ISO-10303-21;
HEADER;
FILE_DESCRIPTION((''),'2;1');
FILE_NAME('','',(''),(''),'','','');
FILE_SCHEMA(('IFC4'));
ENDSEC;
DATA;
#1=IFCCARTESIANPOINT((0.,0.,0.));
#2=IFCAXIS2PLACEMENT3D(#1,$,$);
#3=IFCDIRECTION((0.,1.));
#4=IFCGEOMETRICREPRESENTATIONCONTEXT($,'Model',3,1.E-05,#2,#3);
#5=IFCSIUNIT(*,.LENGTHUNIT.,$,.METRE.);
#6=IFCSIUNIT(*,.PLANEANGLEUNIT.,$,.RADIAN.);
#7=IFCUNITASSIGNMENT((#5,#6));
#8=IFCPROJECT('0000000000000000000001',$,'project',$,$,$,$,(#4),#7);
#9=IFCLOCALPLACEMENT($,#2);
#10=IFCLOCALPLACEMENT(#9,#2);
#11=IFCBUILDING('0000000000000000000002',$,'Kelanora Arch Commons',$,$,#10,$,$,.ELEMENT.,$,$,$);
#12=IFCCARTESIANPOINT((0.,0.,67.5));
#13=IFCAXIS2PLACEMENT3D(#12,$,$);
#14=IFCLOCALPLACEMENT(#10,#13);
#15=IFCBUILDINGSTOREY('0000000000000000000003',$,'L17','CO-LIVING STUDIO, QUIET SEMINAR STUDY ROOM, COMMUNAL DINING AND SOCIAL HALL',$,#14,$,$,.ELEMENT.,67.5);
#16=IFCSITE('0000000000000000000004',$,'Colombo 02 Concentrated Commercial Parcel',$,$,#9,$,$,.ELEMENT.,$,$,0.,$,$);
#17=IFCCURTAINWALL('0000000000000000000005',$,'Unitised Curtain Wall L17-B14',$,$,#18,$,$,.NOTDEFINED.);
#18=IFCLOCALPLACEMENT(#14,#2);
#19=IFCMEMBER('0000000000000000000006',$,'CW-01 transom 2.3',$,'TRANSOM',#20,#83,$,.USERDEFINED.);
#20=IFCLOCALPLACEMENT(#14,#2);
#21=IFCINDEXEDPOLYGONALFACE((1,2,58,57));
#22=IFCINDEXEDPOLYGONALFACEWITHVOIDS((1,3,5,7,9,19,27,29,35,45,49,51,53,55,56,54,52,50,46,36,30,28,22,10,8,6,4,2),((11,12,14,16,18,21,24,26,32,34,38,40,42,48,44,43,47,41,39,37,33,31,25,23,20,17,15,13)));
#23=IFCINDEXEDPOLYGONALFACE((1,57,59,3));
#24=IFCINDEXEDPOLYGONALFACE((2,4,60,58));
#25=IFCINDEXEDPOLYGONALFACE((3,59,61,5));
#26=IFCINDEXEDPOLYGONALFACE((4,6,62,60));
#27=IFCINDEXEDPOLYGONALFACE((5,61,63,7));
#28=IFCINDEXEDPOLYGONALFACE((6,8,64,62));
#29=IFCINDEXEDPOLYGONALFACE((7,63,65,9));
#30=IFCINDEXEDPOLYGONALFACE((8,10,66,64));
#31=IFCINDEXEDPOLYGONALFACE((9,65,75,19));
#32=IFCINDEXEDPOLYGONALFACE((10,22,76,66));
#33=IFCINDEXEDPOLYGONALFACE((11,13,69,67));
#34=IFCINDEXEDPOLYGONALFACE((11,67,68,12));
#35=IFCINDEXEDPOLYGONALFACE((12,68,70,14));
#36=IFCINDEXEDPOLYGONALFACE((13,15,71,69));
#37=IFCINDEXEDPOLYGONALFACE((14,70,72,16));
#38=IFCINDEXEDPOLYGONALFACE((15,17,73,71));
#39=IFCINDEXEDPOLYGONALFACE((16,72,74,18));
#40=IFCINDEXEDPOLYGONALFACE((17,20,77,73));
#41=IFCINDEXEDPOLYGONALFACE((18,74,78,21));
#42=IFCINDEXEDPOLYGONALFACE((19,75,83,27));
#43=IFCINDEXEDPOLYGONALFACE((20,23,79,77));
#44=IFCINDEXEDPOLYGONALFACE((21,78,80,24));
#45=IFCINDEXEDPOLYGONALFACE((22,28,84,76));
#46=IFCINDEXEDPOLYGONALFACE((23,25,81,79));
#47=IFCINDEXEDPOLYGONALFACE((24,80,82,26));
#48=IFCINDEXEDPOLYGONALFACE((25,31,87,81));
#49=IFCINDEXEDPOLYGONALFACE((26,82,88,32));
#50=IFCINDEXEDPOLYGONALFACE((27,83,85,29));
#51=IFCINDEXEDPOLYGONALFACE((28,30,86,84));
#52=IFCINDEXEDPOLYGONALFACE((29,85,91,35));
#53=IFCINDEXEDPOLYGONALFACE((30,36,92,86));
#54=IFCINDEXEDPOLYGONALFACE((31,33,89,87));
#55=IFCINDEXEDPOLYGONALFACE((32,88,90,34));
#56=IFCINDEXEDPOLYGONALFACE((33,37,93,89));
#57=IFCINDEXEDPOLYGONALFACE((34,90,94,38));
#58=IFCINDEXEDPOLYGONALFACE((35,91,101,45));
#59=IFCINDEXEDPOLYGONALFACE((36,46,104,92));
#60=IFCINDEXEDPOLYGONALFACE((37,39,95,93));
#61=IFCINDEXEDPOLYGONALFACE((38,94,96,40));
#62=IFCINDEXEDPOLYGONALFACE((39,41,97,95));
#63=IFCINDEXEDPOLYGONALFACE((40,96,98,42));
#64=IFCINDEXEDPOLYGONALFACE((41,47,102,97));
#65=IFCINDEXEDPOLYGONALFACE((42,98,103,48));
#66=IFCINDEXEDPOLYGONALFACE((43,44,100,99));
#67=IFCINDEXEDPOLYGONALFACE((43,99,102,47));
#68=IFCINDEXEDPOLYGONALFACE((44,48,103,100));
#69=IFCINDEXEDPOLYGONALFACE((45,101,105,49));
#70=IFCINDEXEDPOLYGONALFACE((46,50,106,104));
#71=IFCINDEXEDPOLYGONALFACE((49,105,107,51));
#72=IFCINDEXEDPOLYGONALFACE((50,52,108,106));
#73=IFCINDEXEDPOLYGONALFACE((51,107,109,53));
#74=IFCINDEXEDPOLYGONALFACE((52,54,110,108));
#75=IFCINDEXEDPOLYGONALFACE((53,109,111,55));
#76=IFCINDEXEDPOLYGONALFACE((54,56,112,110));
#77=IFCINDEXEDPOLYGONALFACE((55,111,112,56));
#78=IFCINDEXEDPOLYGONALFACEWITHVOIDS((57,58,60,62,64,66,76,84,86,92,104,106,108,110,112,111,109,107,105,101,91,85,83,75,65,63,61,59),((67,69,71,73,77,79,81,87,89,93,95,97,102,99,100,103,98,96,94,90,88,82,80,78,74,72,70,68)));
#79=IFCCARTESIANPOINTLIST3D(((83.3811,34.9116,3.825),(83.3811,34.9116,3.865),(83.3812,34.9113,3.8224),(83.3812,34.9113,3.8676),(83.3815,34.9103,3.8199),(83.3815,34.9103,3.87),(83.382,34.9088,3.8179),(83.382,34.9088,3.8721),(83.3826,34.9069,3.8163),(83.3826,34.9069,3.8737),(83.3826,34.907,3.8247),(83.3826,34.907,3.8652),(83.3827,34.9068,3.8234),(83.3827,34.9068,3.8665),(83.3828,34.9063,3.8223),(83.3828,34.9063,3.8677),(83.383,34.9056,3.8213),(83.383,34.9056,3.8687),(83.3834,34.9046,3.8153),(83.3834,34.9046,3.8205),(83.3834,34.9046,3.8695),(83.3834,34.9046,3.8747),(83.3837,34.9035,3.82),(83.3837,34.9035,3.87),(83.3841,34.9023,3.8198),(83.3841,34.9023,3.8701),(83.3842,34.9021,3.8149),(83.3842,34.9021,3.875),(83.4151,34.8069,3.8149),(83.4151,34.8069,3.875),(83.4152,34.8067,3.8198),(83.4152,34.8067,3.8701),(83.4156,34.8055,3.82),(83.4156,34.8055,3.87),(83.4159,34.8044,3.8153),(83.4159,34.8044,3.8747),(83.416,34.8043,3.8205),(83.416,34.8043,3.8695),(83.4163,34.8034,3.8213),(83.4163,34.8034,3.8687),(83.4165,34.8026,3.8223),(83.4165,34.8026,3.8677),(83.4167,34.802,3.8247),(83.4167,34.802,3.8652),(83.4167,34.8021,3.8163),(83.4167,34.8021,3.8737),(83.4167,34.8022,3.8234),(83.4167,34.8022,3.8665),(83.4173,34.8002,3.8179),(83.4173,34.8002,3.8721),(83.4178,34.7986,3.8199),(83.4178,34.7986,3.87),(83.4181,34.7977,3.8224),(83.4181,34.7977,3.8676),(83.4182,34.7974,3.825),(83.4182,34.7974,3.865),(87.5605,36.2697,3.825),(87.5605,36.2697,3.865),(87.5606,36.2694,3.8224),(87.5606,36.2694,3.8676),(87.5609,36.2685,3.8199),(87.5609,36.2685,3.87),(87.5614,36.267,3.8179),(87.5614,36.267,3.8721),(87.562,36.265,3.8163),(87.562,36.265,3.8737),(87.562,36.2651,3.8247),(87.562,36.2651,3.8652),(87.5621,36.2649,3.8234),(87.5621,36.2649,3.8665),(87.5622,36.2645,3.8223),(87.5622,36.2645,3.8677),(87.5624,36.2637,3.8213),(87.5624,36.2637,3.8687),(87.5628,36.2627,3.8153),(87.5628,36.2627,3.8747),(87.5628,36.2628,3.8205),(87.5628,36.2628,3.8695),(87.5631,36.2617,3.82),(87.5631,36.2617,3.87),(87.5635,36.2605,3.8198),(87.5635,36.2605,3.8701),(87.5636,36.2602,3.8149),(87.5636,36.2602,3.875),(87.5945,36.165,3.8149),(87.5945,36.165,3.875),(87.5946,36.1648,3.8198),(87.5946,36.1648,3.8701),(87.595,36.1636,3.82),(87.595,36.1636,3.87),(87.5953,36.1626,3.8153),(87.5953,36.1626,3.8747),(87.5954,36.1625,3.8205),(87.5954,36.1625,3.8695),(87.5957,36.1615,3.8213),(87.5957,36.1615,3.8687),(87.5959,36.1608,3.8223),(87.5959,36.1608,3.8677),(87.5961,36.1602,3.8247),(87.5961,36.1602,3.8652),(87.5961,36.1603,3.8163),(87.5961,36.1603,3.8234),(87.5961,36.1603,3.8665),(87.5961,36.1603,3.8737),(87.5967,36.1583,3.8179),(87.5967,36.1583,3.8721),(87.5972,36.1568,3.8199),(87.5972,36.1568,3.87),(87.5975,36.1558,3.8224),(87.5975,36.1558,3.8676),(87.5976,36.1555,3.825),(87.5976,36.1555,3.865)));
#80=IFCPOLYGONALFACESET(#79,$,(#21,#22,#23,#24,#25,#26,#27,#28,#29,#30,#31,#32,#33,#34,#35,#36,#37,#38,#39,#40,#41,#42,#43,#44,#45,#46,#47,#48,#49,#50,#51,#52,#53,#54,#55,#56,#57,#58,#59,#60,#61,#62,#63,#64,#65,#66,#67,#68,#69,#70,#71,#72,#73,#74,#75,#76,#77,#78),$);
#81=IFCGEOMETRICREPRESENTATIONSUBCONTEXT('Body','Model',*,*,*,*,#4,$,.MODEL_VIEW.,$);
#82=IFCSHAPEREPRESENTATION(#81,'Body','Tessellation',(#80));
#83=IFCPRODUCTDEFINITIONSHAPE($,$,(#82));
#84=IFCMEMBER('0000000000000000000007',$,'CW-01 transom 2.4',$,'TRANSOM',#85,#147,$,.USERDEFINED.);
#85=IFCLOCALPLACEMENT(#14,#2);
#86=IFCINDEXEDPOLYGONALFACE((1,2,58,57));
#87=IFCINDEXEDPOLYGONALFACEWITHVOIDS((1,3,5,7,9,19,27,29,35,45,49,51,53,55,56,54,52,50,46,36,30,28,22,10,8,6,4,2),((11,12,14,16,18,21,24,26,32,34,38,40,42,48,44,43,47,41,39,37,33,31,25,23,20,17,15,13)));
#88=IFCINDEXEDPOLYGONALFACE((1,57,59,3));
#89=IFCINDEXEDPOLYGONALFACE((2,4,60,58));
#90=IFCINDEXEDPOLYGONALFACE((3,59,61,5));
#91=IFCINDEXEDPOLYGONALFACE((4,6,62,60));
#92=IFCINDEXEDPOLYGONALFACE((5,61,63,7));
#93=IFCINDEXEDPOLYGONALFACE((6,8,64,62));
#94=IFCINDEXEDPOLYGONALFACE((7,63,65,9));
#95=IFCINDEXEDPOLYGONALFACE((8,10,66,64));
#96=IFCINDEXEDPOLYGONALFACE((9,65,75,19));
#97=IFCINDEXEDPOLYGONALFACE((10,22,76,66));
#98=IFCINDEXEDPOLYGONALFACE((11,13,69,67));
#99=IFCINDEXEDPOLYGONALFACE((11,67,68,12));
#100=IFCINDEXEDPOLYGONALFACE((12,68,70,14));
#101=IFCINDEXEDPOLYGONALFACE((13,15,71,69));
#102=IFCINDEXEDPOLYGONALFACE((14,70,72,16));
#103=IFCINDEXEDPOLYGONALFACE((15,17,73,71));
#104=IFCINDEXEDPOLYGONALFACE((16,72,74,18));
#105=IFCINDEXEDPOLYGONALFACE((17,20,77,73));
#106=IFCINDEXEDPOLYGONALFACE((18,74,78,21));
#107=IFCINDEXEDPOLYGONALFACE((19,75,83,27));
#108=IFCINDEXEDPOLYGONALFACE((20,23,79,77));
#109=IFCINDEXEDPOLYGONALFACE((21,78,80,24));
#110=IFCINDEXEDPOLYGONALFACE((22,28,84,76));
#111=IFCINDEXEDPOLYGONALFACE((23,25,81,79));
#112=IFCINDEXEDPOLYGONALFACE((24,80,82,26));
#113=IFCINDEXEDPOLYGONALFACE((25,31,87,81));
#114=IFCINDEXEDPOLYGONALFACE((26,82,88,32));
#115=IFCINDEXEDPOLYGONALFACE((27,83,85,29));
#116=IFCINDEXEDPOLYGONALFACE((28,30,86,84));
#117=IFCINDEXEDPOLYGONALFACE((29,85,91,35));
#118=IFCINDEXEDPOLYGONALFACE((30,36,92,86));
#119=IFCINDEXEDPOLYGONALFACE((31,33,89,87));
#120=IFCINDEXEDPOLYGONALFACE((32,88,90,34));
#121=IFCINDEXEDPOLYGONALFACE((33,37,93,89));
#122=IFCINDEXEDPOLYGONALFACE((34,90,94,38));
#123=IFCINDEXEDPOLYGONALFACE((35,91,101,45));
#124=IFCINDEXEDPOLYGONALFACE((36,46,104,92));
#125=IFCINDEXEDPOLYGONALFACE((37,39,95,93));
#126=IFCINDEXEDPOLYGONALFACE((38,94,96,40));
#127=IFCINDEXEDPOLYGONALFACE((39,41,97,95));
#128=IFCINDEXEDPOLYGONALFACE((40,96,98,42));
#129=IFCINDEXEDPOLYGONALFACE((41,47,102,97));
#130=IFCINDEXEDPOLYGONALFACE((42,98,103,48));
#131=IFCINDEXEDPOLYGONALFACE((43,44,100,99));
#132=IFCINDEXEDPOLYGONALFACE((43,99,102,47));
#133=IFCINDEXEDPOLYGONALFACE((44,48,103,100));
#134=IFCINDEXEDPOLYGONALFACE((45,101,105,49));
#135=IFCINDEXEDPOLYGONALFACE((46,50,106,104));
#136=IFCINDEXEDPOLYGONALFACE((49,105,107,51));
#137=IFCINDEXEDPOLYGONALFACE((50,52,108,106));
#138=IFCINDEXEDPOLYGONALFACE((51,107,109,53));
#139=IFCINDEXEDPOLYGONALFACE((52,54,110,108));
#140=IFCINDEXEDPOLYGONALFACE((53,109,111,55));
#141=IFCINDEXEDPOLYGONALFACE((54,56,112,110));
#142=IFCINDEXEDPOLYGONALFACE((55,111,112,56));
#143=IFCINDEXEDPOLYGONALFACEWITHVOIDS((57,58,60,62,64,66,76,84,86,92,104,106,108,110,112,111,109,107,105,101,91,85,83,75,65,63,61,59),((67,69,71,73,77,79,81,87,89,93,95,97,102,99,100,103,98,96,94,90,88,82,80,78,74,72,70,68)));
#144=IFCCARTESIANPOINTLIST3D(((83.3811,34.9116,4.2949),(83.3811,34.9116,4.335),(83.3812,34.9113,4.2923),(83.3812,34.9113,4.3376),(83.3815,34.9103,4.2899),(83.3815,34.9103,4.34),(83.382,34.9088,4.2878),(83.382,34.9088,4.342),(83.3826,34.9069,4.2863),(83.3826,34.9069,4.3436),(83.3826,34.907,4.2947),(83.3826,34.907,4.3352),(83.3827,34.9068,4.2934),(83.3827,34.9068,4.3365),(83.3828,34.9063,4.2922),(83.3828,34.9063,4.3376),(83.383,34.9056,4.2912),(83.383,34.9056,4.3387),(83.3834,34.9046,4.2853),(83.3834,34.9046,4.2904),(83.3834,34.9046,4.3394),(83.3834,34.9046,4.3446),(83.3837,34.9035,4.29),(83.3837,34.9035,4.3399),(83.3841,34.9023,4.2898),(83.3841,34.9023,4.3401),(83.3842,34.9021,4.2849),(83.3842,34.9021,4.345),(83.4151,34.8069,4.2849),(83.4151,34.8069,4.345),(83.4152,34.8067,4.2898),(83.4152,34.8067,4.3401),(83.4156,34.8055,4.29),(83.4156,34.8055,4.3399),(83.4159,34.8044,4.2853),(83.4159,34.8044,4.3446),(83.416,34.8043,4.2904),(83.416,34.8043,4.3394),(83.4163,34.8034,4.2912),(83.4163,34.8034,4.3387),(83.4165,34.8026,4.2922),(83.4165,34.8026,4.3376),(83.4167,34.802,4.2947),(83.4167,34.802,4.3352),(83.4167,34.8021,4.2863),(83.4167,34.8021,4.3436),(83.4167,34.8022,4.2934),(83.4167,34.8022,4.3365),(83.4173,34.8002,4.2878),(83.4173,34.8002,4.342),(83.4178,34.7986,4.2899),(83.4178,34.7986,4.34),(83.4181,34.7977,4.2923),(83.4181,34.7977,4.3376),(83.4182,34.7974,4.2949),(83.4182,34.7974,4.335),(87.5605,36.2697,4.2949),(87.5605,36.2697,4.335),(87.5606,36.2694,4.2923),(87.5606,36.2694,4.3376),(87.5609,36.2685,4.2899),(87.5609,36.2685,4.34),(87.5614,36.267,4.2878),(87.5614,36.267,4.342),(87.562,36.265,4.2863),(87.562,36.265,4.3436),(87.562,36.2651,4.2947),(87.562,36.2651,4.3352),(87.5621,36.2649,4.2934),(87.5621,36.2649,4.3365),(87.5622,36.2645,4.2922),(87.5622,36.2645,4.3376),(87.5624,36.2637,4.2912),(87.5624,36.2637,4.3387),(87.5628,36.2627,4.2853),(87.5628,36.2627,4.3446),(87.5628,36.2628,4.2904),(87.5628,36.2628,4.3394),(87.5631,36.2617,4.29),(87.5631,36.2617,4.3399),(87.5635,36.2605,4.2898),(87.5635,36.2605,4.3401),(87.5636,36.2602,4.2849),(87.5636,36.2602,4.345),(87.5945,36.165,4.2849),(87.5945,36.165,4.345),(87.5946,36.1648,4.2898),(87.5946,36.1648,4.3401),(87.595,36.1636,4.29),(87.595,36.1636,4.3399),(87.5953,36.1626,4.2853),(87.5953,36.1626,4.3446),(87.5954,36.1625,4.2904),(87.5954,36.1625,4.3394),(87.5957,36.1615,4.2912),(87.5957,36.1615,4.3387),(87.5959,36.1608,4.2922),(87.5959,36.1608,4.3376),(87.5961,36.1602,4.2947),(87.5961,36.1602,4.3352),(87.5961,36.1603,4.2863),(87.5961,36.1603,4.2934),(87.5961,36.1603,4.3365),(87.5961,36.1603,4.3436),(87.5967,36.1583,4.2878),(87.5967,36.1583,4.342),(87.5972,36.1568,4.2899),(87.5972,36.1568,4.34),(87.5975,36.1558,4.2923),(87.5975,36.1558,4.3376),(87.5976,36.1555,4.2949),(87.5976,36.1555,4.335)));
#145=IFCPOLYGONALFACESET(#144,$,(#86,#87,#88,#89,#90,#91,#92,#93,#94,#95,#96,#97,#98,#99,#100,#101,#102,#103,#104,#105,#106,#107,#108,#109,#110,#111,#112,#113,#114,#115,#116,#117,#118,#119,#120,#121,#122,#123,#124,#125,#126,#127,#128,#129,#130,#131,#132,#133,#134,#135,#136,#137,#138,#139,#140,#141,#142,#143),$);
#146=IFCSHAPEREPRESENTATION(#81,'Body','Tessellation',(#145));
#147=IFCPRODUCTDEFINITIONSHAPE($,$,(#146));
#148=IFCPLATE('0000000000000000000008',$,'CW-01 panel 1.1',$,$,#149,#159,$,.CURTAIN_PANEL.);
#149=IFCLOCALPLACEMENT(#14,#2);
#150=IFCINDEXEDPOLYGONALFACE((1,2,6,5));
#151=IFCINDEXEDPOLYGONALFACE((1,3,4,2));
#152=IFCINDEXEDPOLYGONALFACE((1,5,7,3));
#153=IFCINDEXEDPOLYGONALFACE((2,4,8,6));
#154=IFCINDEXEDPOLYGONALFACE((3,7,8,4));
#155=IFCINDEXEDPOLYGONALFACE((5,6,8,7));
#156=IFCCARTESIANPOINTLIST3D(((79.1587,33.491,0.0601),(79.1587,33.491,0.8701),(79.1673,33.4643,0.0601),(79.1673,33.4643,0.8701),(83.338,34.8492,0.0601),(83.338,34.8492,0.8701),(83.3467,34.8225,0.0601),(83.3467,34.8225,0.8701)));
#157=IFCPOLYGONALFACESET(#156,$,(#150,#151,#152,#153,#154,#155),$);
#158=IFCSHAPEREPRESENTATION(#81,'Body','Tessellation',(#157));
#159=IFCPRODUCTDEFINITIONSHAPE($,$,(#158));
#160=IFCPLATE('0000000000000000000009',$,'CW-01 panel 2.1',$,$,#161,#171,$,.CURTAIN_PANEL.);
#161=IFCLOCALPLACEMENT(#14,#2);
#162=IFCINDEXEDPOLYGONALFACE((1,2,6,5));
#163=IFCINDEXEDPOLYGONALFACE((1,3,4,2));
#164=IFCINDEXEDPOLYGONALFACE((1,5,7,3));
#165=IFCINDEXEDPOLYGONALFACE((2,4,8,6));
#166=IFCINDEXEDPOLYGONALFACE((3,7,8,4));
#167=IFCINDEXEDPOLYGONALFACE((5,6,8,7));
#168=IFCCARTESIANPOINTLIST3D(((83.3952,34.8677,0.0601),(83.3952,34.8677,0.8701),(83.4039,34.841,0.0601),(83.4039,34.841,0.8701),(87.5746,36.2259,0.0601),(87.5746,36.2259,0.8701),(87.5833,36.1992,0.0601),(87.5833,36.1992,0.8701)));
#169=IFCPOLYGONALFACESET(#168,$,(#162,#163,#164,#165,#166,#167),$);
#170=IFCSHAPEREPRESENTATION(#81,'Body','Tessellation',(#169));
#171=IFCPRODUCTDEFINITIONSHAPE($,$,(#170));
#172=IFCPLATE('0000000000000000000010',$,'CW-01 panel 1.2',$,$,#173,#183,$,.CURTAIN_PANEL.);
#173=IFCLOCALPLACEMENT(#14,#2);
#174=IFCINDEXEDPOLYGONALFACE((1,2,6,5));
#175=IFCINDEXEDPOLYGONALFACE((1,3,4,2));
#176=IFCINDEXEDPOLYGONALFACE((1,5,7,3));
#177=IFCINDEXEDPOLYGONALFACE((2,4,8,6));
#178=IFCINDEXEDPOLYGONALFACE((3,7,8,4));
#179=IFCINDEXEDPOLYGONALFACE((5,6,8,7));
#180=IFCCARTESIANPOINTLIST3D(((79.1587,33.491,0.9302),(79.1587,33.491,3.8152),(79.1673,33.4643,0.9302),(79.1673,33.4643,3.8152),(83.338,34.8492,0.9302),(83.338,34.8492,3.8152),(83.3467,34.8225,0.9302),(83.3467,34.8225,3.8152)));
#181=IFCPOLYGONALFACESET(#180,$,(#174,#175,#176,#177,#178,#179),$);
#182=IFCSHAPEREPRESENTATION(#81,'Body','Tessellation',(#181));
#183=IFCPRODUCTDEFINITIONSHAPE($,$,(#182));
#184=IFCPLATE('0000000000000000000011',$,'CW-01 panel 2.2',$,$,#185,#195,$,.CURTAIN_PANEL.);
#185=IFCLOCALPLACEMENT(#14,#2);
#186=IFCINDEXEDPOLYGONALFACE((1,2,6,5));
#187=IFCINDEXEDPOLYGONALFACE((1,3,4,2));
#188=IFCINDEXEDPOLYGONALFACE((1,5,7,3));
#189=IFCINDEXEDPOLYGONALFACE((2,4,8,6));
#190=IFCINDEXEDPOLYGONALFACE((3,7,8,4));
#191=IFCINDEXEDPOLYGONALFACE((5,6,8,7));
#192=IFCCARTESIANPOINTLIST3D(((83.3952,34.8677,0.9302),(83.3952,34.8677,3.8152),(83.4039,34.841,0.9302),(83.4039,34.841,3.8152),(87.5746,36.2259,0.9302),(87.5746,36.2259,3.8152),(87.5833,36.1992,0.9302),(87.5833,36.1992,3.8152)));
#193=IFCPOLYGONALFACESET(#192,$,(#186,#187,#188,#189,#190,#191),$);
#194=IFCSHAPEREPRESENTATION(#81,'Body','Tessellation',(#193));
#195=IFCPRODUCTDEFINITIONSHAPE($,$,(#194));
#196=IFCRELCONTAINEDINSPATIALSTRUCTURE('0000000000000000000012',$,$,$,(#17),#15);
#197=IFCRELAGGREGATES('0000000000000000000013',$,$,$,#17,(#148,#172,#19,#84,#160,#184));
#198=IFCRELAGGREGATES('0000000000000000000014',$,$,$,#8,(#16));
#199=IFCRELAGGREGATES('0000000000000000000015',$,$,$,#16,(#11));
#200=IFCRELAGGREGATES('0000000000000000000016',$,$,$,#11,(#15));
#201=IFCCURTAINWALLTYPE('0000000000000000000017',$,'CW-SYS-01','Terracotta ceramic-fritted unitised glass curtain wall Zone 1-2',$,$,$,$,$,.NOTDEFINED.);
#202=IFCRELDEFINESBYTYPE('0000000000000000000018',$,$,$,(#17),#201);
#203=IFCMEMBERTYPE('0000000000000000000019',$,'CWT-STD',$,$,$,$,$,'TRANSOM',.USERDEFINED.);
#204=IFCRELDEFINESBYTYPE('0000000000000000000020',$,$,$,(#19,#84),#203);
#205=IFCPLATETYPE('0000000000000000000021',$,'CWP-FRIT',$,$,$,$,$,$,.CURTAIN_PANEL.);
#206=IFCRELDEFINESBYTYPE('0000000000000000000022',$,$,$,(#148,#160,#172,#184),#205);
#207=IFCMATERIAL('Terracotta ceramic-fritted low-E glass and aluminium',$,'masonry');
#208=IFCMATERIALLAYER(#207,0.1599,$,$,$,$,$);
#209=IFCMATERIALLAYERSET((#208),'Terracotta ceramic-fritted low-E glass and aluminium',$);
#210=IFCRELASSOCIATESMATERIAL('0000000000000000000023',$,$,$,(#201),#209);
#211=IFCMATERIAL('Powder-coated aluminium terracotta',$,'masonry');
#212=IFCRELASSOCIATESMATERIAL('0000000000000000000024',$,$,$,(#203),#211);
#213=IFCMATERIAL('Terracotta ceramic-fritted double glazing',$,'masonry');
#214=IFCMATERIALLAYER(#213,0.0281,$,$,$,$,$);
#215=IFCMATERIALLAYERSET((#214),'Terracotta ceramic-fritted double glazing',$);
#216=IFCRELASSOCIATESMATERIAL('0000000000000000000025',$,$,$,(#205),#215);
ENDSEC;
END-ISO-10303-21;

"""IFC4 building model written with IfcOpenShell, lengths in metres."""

from ifc_helpers import new_model, si_unit, direction, frame, origin, origin_2d, place, context, subcontext, project, spatial, rectangle, hollow_rectangle, extrude, source, transform, mapped, material, layer, layer_set, material_profile, profile_set, type_object, element, aggregate, save


model = new_model("IFC4")

# Units and contexts
model_context = context("Model", 3, precision=1e-05, world=origin(), true_north=direction((0.0, 1.0)))
body_context = subcontext(model_context, "Body", "Model", "MODEL_VIEW")
ifc_project = project(units=[si_unit("LENGTHUNIT", "METRE"), si_unit("PLANEANGLEUNIT", "RADIAN")], contexts=[model_context])

# Site, building, storey
site_placement = place(None, origin())
site = spatial("IfcSite", under=ifc_project, at=site_placement, Name="Colombo 02 Concentrated Commercial Parcel", CompositionType="ELEMENT", RefElevation=0.0)
building_placement = place(site_placement, origin())
building = spatial("IfcBuilding", under=site, at=building_placement, Name="Kelanora Arch Commons", CompositionType="ELEMENT")
storey_placement = place(building_placement, frame((0.0, 0.0, 67.5)))
storey = spatial("IfcBuildingStorey", under=building, at=storey_placement, Name="L17", Description="CO-LIVING STUDIO, QUIET SEMINAR STUDY ROOM, COMMUNAL DINING AND SOCIAL HALL", CompositionType="ELEMENT", Elevation=67.5)

# Curtain wall, members, plates
ifc_material_1 = material(Name="Terracotta ceramic-fritted low-E glass and aluminium", Category="masonry")
ifc_layer_1 = layer(ifc_material_1, 0.1599)
ifc_layer_set_1 = layer_set([ifc_layer_1], Name="Terracotta ceramic-fritted low-E glass and aluminium")
curtain_wall_type = type_object("IfcCurtainWallType", Name="CW-SYS-01", Description="Terracotta ceramic-fritted unitised glass curtain wall Zone 1-2", PredefinedType="NOTDEFINED", material=ifc_layer_set_1)
curtain_wall_placement = place(storey_placement, origin())
curtain_wall = element("IfcCurtainWall", 1, at=curtain_wall_placement, inside=storey, type_object=curtain_wall_type, Name="Unitised Curtain Wall L17-B14", PredefinedType="NOTDEFINED")
ifc_material_2 = material(Name="Powder-coated aluminium terracotta", Category="masonry")
ifc_material_profile_1 = material_profile(ifc_material_2, hollow_rectangle(XDim=0.1201, YDim=0.0601, WallThickness=0.0049, InnerFilletRadius=0.0049, OuterFilletRadius=0.01, at=origin_2d()), Name="CWT120x60")
ifc_profile_set_1 = profile_set([ifc_material_profile_1], Name="Powder-coated aluminium terracotta")
member_type_1 = type_object("IfcMemberType", Name="CWT-STD", ElementType="TRANSOM", PredefinedType="USERDEFINED", material=ifc_profile_set_1)
member_1_placement = place(storey_placement, frame((83.3997, 34.8545, 3.845), z_axis=(0.951045, 0.309052, 0.0), x_axis=(-0.309052, 0.951045, 0.0)))
member_1 = element("IfcMember", 2, at=member_1_placement, type_object=member_type_1, Name="CW-01 transom 2.3", ObjectType="TRANSOM", PredefinedType="USERDEFINED", context=body_context, shape_type="SweptSolid", body=[
    extrude(hollow_rectangle(XDim=0.1201, YDim=0.0601, WallThickness=0.0049, InnerFilletRadius=0.0049, OuterFilletRadius=0.01, at=origin_2d()), origin(), (0.0, 0.0, 1.0), 4.3945),
])
member_2_placement = place(storey_placement, frame((83.3997, 34.8545, 4.3149), z_axis=(0.951045, 0.309052, 0.0), x_axis=(-0.309052, 0.951045, 0.0)))
member_2 = element("IfcMember", 3, at=member_2_placement, type_object=member_type_1, Name="CW-01 transom 2.4", ObjectType="TRANSOM", PredefinedType="USERDEFINED", context=body_context, shape_type="SweptSolid", body=[
    extrude(hollow_rectangle(XDim=0.1201, YDim=0.0601, WallThickness=0.0049, InnerFilletRadius=0.0049, OuterFilletRadius=0.01, at=origin_2d()), origin(), (0.0, 0.0, 1.0), 4.3945),
])
ifc_material_3 = material(Name="Terracotta ceramic-fritted double glazing", Category="masonry")
ifc_layer_2 = layer(ifc_material_3, 0.0281)
ifc_layer_set_2 = layer_set([ifc_layer_2], Name="Terracotta ceramic-fritted double glazing")
plate_type = type_object("IfcPlateType", Name="CWP-FRIT", PredefinedType="CURTAIN_PANEL", material=ifc_layer_set_2)
shared_shape_1 = source(origin(), body_context, "Body", "SweptSolid", [
    extrude(rectangle(XDim=4.3945, YDim=0.0281, at=origin_2d()), origin(), (0.0, 0.0, 1.0), 0.8101),
])
plate_1_placement = place(storey_placement, frame((81.2527, 34.1567, 0.0601), z_axis=(0.0, 0.0, 1.0), x_axis=(0.951043, 0.309058, 0.0)))
plate_1 = element("IfcPlate", 4, at=plate_1_placement, type_object=plate_type, Name="CW-01 panel 1.1", PredefinedType="CURTAIN_PANEL", context=body_context, shape_type="MappedRepresentation", body=[
    mapped(shared_shape_1, transform((0.0, 0.0, 0.0), scale=1.0)),
])
plate_2_placement = place(storey_placement, frame((85.4893, 35.5334, 0.0601), z_axis=(0.0, 0.0, 1.0), x_axis=(0.951043, 0.309058, 0.0)))
plate_2 = element("IfcPlate", 5, at=plate_2_placement, type_object=plate_type, Name="CW-01 panel 2.1", PredefinedType="CURTAIN_PANEL", context=body_context, shape_type="MappedRepresentation", body=[
    mapped(shared_shape_1, transform((0.0, 0.0, 0.0), scale=1.0)),
])
shared_shape_2 = source(origin(), body_context, "Body", "SweptSolid", [
    extrude(rectangle(XDim=4.3945, YDim=0.0281, at=origin_2d()), origin(), (0.0, 0.0, 1.0), 2.885),
])
plate_3_placement = place(storey_placement, frame((81.2527, 34.1567, 0.9302), z_axis=(0.0, 0.0, 1.0), x_axis=(0.951043, 0.309058, 0.0)))
plate_3 = element("IfcPlate", 6, at=plate_3_placement, type_object=plate_type, Name="CW-01 panel 1.2", PredefinedType="CURTAIN_PANEL", context=body_context, shape_type="MappedRepresentation", body=[
    mapped(shared_shape_2, transform((0.0, 0.0, 0.0), scale=1.0)),
])
plate_4_placement = place(storey_placement, frame((85.4893, 35.5334, 0.9302), z_axis=(0.0, 0.0, 1.0), x_axis=(0.951043, 0.309058, 0.0)))
plate_4 = element("IfcPlate", 7, at=plate_4_placement, type_object=plate_type, Name="CW-01 panel 2.2", PredefinedType="CURTAIN_PANEL", context=body_context, shape_type="MappedRepresentation", body=[
    mapped(shared_shape_2, transform((0.0, 0.0, 0.0), scale=1.0)),
])
aggregate(curtain_wall, [plate_1, plate_3, member_1, member_2, plate_2, plate_4])

save(model, "model.ifc")
